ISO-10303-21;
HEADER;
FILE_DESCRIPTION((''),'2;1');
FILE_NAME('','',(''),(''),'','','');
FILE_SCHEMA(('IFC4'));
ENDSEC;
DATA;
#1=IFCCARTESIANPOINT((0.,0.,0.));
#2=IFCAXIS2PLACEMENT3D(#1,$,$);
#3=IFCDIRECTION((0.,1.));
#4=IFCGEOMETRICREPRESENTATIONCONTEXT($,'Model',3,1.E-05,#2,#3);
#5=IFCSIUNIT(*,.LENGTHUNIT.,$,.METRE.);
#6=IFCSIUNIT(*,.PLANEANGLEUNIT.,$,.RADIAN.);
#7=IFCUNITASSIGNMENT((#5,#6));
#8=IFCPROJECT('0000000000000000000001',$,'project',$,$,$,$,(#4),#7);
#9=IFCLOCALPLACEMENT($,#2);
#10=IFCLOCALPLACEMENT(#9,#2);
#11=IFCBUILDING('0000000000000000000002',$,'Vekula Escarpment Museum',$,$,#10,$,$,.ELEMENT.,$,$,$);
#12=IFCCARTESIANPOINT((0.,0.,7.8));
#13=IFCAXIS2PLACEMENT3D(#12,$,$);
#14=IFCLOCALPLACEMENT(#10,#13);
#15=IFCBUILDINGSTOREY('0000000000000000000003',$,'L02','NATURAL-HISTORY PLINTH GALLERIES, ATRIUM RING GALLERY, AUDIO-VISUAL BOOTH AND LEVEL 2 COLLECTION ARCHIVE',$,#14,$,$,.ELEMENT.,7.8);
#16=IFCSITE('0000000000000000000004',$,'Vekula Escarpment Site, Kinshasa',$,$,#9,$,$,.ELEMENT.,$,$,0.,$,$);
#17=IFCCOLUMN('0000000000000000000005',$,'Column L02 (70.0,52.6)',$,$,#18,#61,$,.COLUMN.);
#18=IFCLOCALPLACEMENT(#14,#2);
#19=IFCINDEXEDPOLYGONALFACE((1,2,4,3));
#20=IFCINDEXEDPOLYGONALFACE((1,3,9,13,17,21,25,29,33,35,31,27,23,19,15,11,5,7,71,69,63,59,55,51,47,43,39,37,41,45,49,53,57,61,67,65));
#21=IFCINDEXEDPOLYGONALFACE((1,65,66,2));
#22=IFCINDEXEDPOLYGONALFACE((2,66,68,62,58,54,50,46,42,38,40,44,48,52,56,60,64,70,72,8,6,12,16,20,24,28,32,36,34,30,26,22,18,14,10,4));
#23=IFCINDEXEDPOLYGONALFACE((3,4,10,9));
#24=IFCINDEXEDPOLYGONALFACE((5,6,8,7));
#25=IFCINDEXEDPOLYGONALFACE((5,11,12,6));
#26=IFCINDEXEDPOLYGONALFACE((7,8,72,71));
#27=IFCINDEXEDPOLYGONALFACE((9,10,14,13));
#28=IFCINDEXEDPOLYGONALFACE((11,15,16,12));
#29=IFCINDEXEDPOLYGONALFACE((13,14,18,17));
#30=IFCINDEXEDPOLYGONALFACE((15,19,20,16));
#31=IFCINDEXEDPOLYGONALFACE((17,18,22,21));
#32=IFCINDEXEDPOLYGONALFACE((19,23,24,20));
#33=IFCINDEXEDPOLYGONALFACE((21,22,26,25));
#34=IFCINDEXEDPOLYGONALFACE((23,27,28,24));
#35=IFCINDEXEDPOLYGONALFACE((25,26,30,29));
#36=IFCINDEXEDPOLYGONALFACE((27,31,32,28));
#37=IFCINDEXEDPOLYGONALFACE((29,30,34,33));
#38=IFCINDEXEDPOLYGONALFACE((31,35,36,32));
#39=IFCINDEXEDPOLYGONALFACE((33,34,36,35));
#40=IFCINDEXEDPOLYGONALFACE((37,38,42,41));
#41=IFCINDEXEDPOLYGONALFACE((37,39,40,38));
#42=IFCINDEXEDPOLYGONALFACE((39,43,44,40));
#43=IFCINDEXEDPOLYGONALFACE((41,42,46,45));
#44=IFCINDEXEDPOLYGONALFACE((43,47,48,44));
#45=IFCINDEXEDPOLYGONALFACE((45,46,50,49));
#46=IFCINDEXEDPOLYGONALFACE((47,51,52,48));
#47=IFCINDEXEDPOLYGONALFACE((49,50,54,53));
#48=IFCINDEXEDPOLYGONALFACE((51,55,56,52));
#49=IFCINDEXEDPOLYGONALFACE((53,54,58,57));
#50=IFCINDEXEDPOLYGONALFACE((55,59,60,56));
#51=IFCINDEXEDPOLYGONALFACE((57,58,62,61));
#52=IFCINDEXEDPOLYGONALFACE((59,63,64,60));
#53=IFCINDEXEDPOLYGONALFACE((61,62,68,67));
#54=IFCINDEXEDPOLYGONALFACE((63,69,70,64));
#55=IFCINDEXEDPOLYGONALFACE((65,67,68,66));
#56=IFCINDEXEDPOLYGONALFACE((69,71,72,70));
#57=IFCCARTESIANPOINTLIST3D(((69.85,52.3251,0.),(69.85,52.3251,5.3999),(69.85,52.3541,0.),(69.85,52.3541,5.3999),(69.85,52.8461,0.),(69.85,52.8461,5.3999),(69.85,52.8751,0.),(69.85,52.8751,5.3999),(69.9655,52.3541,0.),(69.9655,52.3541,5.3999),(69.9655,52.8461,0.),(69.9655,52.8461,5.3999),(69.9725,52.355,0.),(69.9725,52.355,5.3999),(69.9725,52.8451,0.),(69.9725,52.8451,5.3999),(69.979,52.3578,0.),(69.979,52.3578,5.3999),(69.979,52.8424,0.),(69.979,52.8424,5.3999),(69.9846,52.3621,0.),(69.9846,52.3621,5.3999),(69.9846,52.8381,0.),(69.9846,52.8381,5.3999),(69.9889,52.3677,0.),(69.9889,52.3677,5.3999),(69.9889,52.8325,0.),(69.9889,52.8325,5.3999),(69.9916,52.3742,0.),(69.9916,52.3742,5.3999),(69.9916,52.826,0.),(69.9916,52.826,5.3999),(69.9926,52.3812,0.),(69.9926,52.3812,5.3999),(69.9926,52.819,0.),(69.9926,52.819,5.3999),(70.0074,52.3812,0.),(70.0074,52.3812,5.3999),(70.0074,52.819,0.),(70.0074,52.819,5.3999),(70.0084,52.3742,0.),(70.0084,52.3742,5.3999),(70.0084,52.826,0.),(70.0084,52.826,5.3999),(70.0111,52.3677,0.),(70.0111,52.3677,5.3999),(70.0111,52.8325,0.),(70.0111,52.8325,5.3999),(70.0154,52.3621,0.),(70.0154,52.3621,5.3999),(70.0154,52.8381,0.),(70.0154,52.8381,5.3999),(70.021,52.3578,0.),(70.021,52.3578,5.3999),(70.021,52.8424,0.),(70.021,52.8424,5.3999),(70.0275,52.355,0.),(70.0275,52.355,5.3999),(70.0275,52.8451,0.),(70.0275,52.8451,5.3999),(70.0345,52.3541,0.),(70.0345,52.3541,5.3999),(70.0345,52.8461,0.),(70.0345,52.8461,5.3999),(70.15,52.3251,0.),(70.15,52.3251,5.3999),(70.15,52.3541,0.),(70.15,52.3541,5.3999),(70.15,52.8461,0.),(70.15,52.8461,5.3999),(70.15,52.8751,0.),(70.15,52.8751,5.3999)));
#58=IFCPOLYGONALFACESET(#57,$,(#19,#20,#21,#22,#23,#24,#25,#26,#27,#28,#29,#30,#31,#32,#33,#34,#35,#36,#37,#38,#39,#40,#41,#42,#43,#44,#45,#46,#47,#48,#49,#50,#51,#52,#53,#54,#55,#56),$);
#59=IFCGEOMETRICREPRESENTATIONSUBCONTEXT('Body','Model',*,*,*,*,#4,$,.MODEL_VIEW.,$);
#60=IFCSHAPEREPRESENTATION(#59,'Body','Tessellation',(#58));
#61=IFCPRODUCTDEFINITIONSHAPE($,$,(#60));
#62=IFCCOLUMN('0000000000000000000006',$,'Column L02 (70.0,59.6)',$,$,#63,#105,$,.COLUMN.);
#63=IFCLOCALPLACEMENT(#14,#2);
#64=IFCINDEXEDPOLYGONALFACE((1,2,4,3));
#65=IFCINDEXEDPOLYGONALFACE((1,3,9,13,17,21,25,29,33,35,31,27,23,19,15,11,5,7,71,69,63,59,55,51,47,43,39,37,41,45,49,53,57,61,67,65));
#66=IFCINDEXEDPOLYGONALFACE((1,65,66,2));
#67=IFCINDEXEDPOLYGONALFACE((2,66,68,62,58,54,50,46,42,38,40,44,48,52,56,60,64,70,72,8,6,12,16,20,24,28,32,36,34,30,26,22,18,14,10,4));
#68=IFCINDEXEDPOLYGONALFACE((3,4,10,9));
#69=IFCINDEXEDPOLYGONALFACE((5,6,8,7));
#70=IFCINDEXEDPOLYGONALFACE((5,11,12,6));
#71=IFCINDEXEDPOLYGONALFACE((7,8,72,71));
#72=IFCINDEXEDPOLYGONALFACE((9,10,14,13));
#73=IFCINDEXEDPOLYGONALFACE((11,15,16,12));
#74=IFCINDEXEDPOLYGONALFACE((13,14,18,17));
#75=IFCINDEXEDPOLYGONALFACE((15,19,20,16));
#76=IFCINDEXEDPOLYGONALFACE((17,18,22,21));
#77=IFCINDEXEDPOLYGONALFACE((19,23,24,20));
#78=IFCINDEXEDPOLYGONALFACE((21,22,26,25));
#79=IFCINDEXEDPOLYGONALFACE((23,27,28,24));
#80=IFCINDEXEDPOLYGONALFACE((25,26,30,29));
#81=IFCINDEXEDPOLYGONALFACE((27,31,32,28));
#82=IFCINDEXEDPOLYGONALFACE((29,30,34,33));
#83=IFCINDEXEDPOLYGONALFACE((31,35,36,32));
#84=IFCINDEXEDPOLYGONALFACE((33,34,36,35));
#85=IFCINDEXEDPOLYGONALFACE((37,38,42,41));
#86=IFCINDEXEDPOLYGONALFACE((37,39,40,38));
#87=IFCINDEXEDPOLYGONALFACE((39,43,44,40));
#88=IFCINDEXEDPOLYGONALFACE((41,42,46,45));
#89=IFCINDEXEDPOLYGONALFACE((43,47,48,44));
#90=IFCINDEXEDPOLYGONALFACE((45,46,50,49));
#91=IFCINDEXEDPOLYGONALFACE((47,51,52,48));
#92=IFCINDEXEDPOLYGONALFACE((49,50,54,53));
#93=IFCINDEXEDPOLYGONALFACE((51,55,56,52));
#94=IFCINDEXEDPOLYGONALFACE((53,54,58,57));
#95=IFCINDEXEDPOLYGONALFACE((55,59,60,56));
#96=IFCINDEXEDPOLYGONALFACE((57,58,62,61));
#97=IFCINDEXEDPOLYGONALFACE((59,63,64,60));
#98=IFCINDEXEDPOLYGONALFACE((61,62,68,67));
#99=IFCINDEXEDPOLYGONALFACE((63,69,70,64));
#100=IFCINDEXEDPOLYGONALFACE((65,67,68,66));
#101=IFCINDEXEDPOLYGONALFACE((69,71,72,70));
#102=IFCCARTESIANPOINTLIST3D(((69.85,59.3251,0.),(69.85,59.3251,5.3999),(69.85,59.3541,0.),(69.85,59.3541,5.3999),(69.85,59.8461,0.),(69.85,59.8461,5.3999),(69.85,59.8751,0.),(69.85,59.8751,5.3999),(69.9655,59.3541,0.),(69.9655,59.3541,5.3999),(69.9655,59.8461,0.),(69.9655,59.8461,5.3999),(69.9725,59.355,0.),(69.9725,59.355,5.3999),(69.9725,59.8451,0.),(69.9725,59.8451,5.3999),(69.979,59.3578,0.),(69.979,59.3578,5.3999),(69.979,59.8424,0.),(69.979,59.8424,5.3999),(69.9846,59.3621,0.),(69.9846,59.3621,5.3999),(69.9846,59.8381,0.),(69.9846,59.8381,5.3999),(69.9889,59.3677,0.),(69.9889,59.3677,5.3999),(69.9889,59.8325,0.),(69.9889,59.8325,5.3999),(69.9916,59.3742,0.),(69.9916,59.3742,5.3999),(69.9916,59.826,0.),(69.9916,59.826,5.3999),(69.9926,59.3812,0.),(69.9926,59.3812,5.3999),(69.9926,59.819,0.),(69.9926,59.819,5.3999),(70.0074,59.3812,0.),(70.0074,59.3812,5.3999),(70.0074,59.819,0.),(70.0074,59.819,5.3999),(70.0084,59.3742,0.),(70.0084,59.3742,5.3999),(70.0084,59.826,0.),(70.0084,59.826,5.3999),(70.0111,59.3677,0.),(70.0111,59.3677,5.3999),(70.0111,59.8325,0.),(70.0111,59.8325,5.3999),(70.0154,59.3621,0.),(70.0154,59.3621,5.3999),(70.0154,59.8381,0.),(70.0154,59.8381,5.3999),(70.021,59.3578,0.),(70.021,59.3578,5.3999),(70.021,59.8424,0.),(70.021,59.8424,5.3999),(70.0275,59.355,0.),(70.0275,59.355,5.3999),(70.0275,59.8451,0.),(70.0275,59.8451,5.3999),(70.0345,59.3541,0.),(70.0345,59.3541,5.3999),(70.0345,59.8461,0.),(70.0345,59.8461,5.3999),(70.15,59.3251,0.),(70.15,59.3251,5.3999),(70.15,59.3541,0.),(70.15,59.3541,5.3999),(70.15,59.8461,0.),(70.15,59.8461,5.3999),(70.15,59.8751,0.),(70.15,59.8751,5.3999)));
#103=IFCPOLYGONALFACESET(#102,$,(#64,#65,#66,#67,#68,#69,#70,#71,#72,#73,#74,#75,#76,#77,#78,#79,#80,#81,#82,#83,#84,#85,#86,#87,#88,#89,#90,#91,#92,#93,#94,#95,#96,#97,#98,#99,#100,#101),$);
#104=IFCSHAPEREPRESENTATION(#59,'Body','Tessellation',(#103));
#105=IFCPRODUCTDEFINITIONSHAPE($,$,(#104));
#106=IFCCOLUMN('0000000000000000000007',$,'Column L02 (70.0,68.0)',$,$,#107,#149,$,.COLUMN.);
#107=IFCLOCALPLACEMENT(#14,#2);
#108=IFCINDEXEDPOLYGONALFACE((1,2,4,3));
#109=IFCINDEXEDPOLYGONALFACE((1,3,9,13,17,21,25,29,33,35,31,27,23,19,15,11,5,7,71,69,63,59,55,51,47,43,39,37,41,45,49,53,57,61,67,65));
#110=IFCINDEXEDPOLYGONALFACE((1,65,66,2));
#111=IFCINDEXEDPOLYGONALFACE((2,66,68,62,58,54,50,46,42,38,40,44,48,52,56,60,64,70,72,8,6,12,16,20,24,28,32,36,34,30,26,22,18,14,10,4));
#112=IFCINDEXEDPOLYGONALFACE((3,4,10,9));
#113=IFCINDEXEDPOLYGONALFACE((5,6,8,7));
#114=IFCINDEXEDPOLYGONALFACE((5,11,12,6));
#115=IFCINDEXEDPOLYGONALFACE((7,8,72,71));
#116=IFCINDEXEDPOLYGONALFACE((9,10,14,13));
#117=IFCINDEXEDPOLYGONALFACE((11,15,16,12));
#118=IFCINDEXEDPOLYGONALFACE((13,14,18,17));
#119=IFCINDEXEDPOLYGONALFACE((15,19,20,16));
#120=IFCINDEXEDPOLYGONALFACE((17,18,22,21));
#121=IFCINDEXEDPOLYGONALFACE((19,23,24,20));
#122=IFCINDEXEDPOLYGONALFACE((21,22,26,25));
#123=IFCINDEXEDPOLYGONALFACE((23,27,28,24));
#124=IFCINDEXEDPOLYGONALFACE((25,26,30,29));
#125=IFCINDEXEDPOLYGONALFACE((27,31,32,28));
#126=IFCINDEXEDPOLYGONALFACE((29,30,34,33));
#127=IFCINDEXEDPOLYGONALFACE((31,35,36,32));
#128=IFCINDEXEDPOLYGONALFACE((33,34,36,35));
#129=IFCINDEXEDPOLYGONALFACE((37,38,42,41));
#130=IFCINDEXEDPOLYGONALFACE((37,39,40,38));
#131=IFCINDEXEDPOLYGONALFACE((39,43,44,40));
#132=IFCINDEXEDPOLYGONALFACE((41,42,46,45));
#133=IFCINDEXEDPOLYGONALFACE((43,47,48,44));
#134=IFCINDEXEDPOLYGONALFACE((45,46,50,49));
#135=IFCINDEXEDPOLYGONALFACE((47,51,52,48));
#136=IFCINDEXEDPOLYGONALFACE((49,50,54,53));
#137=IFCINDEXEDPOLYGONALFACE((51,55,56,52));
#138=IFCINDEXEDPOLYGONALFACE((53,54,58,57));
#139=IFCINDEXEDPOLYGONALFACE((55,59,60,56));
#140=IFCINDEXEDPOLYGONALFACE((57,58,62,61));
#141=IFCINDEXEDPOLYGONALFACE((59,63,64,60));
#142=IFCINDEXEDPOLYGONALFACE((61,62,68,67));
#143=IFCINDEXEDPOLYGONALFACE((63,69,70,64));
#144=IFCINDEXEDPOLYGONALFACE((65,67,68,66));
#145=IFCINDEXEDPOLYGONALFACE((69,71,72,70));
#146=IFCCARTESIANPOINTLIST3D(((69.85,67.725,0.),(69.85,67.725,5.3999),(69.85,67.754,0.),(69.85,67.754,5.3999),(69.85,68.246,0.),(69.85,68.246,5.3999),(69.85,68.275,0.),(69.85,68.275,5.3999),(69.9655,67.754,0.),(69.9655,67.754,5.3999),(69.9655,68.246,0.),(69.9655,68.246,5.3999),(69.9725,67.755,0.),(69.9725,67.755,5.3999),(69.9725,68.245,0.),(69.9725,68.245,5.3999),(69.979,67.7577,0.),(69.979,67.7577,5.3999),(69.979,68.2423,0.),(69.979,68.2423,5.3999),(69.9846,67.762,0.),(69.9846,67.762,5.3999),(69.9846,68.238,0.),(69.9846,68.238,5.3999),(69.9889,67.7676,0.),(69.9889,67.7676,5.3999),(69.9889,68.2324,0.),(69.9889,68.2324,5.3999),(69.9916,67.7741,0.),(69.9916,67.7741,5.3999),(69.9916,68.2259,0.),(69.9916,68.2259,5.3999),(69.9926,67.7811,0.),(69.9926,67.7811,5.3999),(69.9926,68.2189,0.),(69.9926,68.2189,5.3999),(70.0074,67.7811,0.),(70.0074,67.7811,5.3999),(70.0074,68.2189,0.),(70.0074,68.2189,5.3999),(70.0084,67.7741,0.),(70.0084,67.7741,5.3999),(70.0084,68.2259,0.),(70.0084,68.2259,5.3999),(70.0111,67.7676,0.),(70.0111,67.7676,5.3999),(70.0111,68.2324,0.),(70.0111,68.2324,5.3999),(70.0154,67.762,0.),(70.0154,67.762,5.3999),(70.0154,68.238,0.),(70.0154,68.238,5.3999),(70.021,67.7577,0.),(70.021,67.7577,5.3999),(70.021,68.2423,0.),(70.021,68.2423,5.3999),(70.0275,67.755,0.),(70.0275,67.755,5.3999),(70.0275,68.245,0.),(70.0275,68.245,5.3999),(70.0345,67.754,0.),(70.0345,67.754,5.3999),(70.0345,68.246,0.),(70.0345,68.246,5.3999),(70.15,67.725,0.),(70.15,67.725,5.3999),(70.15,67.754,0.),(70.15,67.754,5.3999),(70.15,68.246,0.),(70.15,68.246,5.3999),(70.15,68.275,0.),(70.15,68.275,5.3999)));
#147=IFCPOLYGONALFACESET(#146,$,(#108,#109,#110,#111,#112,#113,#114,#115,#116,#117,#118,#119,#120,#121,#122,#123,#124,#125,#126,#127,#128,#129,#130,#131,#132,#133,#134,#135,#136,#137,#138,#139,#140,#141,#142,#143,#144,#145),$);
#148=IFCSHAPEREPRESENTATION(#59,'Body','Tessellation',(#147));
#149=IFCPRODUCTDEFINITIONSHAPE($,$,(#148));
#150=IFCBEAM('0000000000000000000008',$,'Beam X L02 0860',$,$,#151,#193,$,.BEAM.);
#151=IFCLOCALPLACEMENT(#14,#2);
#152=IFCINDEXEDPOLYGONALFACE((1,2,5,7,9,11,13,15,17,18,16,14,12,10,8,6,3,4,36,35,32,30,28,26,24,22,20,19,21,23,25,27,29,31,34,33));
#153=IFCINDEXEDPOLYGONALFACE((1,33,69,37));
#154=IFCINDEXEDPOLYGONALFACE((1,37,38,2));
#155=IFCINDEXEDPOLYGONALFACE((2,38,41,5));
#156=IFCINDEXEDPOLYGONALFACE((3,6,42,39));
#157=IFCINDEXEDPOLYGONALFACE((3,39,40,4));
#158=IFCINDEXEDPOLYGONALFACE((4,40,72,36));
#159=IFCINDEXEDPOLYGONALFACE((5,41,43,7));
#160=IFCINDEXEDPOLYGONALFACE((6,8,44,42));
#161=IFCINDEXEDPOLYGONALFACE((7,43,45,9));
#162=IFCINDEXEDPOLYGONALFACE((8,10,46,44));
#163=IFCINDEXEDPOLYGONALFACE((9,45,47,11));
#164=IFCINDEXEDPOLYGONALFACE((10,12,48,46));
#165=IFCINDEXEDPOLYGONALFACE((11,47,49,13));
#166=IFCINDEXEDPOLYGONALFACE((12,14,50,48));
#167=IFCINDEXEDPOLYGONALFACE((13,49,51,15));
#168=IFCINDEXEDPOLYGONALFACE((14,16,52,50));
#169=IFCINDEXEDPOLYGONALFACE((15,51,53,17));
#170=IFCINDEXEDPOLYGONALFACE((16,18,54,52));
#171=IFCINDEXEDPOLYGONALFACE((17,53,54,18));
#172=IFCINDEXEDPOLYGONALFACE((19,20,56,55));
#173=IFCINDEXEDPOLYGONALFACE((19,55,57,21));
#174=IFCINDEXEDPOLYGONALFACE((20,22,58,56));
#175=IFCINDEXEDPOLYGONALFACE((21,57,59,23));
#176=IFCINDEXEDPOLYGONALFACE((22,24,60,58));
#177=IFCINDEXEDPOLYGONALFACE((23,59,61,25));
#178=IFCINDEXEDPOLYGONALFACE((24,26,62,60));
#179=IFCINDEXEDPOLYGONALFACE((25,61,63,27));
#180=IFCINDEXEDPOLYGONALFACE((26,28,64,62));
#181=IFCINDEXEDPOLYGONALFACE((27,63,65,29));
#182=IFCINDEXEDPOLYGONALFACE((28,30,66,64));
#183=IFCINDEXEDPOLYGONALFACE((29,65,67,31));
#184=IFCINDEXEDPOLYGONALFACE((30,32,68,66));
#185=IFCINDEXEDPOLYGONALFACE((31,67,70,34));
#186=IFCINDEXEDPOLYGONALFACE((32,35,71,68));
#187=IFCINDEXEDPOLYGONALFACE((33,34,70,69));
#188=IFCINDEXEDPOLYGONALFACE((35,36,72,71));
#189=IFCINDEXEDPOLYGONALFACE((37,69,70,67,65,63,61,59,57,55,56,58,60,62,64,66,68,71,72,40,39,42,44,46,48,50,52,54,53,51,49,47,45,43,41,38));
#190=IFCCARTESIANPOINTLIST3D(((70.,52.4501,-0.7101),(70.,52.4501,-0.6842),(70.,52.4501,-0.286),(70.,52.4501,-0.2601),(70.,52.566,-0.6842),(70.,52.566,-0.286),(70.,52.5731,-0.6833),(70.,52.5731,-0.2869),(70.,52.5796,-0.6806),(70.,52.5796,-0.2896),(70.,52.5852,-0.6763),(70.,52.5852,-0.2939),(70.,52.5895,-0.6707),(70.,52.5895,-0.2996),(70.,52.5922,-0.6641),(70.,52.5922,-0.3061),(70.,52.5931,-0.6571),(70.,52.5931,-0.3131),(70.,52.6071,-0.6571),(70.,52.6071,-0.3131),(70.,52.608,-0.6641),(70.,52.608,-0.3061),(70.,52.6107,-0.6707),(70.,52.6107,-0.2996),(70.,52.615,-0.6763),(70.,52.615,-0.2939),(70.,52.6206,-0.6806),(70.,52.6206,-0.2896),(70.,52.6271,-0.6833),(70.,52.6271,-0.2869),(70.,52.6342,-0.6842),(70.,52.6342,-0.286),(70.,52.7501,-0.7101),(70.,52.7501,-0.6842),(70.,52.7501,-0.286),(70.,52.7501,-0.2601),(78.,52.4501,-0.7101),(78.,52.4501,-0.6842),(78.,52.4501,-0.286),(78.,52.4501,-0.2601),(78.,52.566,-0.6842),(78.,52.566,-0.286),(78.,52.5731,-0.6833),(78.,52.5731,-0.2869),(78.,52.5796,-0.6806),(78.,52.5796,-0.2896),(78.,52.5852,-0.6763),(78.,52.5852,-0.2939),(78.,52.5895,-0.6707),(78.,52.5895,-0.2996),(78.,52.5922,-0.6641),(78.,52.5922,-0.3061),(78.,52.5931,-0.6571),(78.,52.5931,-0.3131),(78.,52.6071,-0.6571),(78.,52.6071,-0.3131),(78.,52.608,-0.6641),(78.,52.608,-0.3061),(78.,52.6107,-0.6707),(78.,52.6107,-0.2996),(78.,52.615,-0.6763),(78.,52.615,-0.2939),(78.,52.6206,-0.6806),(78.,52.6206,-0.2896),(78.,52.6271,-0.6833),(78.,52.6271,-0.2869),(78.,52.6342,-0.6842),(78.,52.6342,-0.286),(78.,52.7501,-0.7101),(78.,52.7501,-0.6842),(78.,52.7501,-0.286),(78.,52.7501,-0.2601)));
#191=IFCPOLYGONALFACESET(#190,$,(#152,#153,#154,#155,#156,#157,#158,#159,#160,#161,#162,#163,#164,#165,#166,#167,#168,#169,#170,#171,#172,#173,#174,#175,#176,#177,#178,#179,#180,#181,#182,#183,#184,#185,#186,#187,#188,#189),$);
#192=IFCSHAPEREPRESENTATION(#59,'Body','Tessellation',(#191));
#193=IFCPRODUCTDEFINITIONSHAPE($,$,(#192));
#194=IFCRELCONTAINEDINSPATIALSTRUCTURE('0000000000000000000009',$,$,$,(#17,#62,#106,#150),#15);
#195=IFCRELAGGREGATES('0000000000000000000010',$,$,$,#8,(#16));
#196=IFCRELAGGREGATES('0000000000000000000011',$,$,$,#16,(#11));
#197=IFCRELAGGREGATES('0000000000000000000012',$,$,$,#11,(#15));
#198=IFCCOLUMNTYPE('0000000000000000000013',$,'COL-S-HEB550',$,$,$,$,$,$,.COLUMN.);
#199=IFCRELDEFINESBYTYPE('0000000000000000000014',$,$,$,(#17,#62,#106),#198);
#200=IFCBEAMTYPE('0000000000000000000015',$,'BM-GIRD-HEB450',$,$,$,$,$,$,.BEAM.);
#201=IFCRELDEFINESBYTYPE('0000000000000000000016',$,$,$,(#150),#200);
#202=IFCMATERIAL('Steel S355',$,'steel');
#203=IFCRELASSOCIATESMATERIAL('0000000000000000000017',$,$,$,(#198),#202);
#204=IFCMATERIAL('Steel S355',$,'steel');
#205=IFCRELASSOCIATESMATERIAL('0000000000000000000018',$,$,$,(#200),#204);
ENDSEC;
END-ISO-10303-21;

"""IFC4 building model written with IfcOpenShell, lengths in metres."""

from ifc_helpers import new_model, si_unit, direction, frame, origin, origin_2d, place, context, subcontext, project, spatial, i_section, extrude, material, material_profile, profile_set, type_object, element, save


model = new_model("IFC4")

# Units and contexts
model_context = context("Model", 3, precision=1e-05, world=origin(), true_north=direction((0.0, 1.0)))
body_context = subcontext(model_context, "Body", "Model", "MODEL_VIEW")
ifc_project = project(units=[si_unit("LENGTHUNIT", "METRE"), si_unit("PLANEANGLEUNIT", "RADIAN")], contexts=[model_context])

# Site, building, storey
site_placement = place(None, origin())
site = spatial("IfcSite", under=ifc_project, at=site_placement, Name="Vekula Escarpment Site, Kinshasa", CompositionType="ELEMENT", RefElevation=0.0)
building_placement = place(site_placement, origin())
building = spatial("IfcBuilding", under=site, at=building_placement, Name="Vekula Escarpment Museum", CompositionType="ELEMENT")
storey_placement = place(building_placement, frame((0.0, 0.0, 7.8)))
storey = spatial("IfcBuildingStorey", under=building, at=storey_placement, Name="L02", Description="NATURAL-HISTORY PLINTH GALLERIES, ATRIUM RING GALLERY, AUDIO-VISUAL BOOTH AND LEVEL 2 COLLECTION ARCHIVE", CompositionType="ELEMENT", Elevation=7.8)

# Columns
ifc_material_1 = material(Name="Steel S355", Category="steel")
ifc_material_profile_1 = material_profile(ifc_material_1, i_section(OverallWidth=0.3, OverallDepth=0.55, WebThickness=0.0149, FlangeThickness=0.0291, FilletRadius=0.0271, at=origin_2d()), Name="HEB 550")
ifc_profile_set_1 = profile_set([ifc_material_profile_1], Name="Steel S355")
column_type = type_object("IfcColumnType", Name="COL-S-HEB550", PredefinedType="COLUMN", material=ifc_profile_set_1)
for number, where, z_axis, x_axis, name in (
    (1, (70.0, 52.6001, 0.0), (0.0, 0.0, 1.0), (1.0, 0.0, 0.0), "Column L02 (70.0,52.6)"),
    (2, (70.0, 59.6001, 0.0), (0.0, 0.0, 1.0), (1.0, 0.0, 0.0), "Column L02 (70.0,59.6)"),
    (3, (70.0, 68.0, 0.0), (0.0, 0.0, 1.0), (1.0, 0.0, 0.0), "Column L02 (70.0,68.0)"),
):
    element("IfcColumn", number, at=place(storey_placement, frame(where, z_axis=z_axis, x_axis=x_axis)), inside=storey, type_object=column_type, Name=name, PredefinedType="COLUMN", context=body_context, shape_type="SweptSolid", body=[
        extrude(i_section(OverallWidth=0.3, OverallDepth=0.55, WebThickness=0.0149, FlangeThickness=0.0291, FilletRadius=0.0271, at=origin_2d()), origin(), (0.0, 0.0, 1.0), 5.3999),
    ])

# Beam
ifc_material_2 = material(Name="Steel S355", Category="steel")
ifc_material_profile_2 = material_profile(ifc_material_2, i_section(OverallWidth=0.3, OverallDepth=0.45, WebThickness=0.0139, FlangeThickness=0.0259, FilletRadius=0.0271, at=origin_2d()), Name="HEB 450")
ifc_profile_set_2 = profile_set([ifc_material_profile_2], Name="Steel S355")
beam_type_1 = type_object("IfcBeamType", Name="BM-GIRD-HEB450", PredefinedType="BEAM", material=ifc_profile_set_2)
beam_1_placement = place(storey_placement, frame((70.0, 52.6001, -0.4851), z_axis=(1.0, 0.0, 0.0), x_axis=(0.0, 1.0, 0.0)))
element("IfcBeam", 4, at=beam_1_placement, inside=storey, type_object=beam_type_1, Name="Beam X L02 0860", PredefinedType="BEAM", context=body_context, shape_type="SweptSolid", body=[
    extrude(i_section(OverallWidth=0.3, OverallDepth=0.45, WebThickness=0.0139, FlangeThickness=0.0259, FilletRadius=0.0271, at=origin_2d()), origin(), (0.0, 0.0, 1.0), 8.0),
])

save(model, "model.ifc")
